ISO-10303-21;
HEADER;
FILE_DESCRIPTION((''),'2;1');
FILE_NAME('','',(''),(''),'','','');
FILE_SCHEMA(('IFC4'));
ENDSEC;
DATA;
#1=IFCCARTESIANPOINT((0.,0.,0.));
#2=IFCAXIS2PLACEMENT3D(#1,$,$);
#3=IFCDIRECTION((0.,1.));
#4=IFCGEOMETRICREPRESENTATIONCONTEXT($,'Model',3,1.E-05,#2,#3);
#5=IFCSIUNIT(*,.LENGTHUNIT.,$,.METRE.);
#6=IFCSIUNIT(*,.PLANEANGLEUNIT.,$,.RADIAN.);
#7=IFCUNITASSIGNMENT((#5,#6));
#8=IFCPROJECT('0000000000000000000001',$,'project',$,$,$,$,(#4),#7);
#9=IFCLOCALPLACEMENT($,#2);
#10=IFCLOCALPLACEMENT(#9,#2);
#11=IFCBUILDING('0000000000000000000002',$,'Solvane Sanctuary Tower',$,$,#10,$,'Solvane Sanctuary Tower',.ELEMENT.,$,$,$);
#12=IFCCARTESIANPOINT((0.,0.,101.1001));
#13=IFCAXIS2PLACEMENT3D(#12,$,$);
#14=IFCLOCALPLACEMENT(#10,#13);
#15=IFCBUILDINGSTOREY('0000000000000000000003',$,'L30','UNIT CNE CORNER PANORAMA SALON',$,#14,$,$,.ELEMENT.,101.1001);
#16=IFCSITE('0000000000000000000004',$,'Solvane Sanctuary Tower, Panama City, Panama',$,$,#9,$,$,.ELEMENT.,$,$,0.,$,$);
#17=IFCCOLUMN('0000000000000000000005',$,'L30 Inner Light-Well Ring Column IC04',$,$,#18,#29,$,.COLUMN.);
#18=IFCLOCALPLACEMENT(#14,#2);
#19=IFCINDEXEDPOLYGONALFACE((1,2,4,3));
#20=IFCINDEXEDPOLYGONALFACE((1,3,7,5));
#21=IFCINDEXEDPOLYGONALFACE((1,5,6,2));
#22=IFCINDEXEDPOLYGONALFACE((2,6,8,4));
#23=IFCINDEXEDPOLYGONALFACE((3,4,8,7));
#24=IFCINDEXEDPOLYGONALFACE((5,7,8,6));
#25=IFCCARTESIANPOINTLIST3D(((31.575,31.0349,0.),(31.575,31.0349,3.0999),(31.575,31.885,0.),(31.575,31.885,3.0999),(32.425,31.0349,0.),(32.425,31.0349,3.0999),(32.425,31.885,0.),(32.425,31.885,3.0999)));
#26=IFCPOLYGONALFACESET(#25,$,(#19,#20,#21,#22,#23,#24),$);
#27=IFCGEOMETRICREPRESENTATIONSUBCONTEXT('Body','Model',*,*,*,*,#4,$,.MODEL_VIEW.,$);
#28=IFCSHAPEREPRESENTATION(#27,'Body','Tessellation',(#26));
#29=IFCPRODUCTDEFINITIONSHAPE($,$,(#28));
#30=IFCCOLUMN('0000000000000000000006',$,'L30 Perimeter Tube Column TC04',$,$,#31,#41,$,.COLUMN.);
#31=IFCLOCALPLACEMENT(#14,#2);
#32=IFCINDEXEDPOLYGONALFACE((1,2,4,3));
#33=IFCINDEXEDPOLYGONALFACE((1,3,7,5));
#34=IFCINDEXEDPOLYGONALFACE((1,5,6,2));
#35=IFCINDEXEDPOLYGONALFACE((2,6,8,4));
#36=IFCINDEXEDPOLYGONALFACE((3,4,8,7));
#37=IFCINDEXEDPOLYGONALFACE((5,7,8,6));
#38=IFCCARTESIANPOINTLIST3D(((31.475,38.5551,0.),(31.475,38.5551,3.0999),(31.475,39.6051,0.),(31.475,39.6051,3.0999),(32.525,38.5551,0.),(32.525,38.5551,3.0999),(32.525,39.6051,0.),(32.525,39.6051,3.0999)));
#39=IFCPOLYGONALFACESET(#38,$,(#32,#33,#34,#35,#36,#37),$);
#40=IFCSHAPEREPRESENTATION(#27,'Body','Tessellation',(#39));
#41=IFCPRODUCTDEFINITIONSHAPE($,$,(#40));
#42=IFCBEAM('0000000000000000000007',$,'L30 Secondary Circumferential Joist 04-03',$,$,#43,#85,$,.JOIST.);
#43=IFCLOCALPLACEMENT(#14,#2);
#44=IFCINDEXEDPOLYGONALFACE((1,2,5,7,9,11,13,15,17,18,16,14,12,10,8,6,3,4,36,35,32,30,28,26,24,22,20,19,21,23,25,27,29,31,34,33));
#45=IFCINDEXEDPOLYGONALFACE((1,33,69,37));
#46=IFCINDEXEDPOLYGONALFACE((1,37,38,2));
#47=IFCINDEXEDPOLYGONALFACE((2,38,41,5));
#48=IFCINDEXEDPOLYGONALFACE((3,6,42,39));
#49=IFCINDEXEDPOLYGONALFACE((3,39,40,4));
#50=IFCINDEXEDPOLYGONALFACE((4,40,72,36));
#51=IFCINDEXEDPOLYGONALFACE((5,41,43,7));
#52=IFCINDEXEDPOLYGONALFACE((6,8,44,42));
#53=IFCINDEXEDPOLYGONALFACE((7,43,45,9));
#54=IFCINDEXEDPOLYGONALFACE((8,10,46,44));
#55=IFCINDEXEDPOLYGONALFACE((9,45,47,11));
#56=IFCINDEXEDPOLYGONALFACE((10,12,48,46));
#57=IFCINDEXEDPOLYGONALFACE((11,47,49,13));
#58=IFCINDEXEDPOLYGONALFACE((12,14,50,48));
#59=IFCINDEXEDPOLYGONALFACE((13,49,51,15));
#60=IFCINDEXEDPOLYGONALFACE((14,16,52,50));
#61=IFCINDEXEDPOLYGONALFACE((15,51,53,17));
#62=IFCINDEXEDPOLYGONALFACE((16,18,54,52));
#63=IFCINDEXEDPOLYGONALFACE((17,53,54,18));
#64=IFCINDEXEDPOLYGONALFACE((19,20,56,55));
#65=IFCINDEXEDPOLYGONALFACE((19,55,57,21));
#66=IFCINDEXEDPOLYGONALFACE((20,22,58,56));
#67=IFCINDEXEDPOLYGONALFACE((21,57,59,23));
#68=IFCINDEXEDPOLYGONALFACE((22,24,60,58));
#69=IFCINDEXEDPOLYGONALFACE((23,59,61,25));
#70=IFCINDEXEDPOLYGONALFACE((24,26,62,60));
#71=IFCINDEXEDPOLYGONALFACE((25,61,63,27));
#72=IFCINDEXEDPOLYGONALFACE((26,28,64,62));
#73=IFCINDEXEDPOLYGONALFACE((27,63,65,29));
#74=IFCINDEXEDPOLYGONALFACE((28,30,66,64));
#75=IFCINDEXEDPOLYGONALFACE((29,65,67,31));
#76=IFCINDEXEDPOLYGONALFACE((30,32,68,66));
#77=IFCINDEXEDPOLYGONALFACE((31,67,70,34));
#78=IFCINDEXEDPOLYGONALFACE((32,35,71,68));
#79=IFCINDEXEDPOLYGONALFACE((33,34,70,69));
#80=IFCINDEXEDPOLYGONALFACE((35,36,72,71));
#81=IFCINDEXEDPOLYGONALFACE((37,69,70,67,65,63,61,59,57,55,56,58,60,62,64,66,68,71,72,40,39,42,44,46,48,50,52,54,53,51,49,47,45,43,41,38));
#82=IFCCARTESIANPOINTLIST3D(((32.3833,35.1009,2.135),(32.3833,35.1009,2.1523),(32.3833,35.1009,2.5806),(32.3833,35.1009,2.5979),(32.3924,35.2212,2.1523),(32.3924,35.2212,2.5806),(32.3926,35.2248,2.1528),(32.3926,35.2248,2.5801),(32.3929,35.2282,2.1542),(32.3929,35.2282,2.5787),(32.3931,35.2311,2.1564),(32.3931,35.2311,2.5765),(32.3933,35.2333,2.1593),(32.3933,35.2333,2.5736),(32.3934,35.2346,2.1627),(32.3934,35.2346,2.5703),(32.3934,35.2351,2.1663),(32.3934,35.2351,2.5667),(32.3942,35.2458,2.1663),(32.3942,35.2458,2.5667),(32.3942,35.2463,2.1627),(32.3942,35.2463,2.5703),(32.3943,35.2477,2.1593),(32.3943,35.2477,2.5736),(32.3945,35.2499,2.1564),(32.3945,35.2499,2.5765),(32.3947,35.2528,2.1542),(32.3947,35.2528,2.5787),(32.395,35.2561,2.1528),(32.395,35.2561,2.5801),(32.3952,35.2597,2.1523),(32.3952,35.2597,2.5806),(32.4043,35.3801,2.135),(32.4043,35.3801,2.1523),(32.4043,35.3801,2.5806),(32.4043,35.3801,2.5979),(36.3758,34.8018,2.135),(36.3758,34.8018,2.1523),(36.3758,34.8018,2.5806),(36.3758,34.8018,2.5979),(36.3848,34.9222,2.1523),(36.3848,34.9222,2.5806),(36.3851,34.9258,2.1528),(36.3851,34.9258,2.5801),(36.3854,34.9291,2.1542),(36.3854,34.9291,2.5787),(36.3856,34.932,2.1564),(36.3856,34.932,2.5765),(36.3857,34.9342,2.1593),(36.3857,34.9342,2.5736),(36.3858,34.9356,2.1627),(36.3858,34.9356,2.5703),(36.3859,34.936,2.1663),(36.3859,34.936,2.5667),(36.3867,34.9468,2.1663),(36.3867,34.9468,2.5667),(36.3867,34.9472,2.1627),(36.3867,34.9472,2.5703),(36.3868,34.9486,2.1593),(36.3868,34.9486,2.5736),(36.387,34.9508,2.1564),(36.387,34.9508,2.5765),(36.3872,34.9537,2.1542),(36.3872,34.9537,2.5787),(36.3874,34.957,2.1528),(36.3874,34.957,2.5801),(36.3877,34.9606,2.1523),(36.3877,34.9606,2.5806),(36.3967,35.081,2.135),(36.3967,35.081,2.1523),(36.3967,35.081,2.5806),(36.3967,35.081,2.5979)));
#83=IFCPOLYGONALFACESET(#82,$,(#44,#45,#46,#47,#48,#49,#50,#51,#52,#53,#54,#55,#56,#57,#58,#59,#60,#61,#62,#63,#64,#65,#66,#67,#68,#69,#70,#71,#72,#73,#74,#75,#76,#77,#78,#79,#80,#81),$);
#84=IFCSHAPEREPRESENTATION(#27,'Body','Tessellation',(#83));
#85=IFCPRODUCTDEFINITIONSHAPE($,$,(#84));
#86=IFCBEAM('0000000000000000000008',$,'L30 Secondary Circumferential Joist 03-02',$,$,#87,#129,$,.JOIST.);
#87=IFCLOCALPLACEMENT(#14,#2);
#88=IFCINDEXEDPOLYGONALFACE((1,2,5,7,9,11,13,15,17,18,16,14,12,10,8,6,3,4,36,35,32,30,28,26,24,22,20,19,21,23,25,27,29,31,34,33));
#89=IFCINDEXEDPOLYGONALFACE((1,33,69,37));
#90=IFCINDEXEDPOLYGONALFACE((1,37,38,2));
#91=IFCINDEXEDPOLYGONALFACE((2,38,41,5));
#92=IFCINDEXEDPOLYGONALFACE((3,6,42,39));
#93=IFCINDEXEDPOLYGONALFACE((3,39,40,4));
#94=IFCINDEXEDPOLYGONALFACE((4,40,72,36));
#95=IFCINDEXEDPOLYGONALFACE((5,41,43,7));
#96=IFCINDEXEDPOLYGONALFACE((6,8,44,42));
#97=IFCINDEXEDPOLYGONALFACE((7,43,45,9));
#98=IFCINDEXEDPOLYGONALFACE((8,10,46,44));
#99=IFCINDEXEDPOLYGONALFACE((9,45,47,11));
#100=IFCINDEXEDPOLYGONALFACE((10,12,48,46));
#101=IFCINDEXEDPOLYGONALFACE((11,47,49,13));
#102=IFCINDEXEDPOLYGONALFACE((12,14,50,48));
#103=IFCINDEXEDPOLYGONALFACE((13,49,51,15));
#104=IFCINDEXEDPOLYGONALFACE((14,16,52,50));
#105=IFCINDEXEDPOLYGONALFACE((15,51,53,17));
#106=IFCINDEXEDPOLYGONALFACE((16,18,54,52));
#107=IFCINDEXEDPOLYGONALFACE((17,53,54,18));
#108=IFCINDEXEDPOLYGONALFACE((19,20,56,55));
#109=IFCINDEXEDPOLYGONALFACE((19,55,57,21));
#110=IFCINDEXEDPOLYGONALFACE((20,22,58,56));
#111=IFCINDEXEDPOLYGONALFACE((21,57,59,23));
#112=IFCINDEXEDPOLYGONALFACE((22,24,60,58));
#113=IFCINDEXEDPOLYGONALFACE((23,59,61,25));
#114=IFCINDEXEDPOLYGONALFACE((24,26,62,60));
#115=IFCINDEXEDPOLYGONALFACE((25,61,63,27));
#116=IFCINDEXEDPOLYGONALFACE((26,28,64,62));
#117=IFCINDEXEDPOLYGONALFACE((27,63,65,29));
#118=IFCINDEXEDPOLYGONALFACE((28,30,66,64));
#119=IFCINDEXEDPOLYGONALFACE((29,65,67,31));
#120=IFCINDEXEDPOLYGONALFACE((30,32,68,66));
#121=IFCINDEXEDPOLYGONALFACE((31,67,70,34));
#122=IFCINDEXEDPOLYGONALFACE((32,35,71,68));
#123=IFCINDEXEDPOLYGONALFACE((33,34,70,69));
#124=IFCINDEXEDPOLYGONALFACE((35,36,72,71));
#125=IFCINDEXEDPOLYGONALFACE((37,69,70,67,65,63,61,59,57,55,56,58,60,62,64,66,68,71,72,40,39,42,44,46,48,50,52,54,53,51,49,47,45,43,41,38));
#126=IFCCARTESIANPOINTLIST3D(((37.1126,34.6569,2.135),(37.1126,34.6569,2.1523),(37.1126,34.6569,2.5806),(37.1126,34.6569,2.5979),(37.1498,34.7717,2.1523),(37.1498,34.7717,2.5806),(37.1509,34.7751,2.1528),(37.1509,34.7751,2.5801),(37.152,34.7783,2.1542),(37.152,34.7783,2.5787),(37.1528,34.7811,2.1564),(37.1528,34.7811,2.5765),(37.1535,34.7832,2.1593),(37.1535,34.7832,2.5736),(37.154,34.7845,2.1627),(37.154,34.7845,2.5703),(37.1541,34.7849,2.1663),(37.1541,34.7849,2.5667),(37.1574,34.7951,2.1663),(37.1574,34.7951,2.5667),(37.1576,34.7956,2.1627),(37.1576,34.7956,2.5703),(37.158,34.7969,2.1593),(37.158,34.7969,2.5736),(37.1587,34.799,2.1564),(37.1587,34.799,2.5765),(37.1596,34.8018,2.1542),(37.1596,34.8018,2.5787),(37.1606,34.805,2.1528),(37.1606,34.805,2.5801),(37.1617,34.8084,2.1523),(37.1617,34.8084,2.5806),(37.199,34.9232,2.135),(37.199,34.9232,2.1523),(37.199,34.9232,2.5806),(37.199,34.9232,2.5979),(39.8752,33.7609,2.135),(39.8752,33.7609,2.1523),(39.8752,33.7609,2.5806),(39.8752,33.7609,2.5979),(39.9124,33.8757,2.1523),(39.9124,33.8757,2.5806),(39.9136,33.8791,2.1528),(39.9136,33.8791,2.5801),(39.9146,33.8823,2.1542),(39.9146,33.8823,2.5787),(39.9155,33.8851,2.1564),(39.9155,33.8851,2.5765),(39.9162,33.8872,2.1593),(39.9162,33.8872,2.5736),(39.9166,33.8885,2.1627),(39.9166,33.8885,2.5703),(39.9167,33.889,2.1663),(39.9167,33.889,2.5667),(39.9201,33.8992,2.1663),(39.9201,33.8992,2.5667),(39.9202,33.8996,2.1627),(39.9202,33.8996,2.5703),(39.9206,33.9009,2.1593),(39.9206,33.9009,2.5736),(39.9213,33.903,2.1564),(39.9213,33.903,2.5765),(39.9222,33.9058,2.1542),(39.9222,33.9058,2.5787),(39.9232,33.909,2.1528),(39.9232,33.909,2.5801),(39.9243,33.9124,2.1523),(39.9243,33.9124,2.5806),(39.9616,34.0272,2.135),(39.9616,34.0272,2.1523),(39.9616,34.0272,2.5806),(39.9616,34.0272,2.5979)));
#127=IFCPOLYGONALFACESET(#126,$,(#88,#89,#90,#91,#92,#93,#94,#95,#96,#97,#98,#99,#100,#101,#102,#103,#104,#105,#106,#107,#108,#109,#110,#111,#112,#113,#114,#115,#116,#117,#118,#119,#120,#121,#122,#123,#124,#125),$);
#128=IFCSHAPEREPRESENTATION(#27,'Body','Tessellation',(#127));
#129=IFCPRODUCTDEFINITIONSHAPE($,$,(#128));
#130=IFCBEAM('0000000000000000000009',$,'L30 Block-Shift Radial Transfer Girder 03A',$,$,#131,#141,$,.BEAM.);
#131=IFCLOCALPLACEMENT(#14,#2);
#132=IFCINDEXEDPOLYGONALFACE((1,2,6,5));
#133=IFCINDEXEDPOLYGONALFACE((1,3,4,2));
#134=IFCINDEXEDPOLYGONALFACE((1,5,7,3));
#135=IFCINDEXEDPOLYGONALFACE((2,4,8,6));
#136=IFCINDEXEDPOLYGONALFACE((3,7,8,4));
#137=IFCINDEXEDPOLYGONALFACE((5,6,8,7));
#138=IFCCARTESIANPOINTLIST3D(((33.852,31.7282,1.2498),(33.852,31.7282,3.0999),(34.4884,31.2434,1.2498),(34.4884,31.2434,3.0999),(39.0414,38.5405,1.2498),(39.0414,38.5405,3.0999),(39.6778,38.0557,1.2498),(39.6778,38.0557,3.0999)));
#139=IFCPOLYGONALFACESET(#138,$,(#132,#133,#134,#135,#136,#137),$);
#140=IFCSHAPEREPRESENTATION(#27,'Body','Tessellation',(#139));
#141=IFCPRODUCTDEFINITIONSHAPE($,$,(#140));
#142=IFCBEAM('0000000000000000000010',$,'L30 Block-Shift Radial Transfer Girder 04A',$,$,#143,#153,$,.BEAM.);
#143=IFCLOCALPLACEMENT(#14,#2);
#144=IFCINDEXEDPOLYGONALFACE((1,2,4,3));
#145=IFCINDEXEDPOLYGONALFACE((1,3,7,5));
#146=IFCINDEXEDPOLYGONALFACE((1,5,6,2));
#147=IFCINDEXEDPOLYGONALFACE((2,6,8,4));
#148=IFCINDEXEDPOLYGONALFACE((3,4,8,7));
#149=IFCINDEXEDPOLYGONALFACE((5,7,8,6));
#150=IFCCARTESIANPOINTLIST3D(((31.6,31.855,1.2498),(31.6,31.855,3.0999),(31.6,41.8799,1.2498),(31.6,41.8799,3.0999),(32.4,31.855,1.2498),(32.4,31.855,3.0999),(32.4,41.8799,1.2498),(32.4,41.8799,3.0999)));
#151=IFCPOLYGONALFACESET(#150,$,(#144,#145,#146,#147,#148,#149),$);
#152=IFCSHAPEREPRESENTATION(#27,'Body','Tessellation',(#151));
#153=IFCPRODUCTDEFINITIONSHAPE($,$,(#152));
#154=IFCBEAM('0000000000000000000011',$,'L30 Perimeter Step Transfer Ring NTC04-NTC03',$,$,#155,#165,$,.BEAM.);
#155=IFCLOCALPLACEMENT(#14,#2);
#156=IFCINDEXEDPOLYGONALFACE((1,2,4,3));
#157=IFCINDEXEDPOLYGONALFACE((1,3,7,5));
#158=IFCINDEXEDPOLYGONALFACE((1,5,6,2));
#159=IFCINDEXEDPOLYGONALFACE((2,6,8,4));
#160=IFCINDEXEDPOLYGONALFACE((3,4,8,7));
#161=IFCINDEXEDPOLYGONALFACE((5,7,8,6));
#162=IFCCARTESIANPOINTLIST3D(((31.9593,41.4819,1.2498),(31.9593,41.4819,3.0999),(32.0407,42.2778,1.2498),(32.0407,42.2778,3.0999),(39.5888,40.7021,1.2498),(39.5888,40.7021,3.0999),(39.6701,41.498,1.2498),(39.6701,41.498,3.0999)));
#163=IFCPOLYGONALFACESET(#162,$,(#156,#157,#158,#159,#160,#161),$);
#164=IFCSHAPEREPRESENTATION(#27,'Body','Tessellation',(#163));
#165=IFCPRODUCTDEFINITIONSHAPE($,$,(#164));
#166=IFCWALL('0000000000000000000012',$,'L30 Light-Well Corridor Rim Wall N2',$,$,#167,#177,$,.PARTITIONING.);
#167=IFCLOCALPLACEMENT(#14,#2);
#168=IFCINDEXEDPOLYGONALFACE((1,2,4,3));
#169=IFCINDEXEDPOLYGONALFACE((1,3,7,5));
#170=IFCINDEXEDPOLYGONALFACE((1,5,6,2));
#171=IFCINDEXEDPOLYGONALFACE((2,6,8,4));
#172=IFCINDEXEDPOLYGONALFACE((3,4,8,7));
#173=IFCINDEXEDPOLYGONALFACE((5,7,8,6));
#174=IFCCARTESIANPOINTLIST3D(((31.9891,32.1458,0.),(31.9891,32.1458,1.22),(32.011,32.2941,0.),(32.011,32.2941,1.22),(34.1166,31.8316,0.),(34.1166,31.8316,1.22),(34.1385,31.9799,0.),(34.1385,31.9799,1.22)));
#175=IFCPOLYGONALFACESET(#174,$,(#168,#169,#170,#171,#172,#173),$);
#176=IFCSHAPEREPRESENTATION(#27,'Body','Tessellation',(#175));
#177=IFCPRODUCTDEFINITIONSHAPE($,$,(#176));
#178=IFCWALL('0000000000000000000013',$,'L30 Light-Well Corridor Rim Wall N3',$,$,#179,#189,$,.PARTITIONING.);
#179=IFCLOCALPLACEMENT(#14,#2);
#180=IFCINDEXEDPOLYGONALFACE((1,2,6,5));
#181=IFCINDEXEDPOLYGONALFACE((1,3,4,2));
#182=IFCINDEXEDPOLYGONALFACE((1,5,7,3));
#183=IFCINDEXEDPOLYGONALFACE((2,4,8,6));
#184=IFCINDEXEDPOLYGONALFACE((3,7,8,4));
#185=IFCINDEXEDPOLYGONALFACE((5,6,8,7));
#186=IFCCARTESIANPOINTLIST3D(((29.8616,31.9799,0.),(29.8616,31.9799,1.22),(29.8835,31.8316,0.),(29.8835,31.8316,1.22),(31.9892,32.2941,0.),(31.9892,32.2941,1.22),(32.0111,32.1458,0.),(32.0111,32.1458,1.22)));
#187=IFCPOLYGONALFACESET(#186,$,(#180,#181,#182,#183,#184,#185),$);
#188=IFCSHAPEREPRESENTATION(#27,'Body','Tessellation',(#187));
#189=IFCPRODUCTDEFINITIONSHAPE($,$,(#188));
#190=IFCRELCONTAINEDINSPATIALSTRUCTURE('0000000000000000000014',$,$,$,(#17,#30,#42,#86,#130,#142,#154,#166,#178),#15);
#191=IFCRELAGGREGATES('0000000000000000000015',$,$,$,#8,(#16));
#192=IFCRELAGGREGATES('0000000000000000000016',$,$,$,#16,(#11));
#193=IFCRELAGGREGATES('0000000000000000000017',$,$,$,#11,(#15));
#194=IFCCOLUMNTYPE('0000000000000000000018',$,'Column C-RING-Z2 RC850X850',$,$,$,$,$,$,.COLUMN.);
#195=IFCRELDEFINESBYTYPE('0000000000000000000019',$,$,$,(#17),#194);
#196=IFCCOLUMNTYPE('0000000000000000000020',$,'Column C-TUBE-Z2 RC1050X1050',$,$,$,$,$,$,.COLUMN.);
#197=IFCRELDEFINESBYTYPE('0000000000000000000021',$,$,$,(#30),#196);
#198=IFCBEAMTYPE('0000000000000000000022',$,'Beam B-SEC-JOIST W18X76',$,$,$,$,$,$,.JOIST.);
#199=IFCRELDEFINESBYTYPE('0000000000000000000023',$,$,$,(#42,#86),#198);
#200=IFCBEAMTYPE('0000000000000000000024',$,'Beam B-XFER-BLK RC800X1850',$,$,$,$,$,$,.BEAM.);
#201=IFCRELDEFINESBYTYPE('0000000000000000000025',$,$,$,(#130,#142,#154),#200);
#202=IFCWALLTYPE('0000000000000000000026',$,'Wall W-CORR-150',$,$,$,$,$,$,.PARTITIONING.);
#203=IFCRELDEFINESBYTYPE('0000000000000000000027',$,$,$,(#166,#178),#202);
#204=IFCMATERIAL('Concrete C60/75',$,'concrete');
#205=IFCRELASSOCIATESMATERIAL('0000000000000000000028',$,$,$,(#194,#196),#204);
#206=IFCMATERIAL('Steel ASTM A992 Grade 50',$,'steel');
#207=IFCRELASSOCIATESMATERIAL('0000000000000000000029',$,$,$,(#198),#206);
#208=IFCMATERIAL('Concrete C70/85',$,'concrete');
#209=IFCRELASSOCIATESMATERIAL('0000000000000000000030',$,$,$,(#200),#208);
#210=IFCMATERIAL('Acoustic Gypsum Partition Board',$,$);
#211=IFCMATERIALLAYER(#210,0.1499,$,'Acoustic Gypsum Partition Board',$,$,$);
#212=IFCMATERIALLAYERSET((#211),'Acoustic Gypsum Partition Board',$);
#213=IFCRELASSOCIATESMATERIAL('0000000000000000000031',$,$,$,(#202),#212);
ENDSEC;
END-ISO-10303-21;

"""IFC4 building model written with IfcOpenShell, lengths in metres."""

from ifc_helpers import new_model, si_unit, direction, frame, frame_2d, origin, origin_2d, place, context, subcontext, project, spatial, rectangle, i_section, extrude, material, layer, layer_set, material_profile, profile_set, type_object, element, save


model = new_model("IFC4")

# Units and contexts
model_context = context("Model", 3, precision=1e-05, world=origin(), true_north=direction((0.0, 1.0)))
body_context = subcontext(model_context, "Body", "Model", "MODEL_VIEW")
ifc_project = project(units=[si_unit("LENGTHUNIT", "METRE"), si_unit("PLANEANGLEUNIT", "RADIAN")], contexts=[model_context])

# Site, building, storey
site_placement = place(None, origin())
site = spatial("IfcSite", under=ifc_project, at=site_placement, Name="Solvane Sanctuary Tower, Panama City, Panama", CompositionType="ELEMENT", RefElevation=0.0)
building_placement = place(site_placement, origin())
building = spatial("IfcBuilding", under=site, at=building_placement, Name="Solvane Sanctuary Tower", LongName="Solvane Sanctuary Tower", CompositionType="ELEMENT")
storey_placement = place(building_placement, frame((0.0, 0.0, 101.1001)))
storey = spatial("IfcBuildingStorey", under=building, at=storey_placement, Name="L30", Description="UNIT CNE CORNER PANORAMA SALON", CompositionType="ELEMENT", Elevation=101.1001)

# Columns
ifc_material_1 = material(Name="Concrete C60/75", Category="concrete")
ifc_material_profile_1 = material_profile(ifc_material_1, rectangle(XDim=0.8501, YDim=0.8501, at=origin_2d()), Name="RC850X850")
ifc_profile_set_1 = profile_set([ifc_material_profile_1], Name="Concrete C60/75")
column_type_1 = type_object("IfcColumnType", Name="Column C-RING-Z2 RC850X850", PredefinedType="COLUMN", material=ifc_profile_set_1)
column_1_placement = place(storey_placement, frame((32.0, 31.46, 0.0), z_axis=(0.0, 0.0, 1.0), x_axis=(1.0, 0.0, 0.0)))
element("IfcColumn", 1, at=column_1_placement, inside=storey, type_object=column_type_1, Name="L30 Inner Light-Well Ring Column IC04", PredefinedType="COLUMN", context=body_context, shape_type="SweptSolid", body=[
    extrude(rectangle(XDim=0.8501, YDim=0.8501, at=origin_2d()), origin(), (0.0, 0.0, 1.0), 3.0999),
])
ifc_material_profile_2 = material_profile(ifc_material_1, rectangle(XDim=1.05, YDim=1.05, at=origin_2d()), Name="RC1050X1050")
ifc_profile_set_2 = profile_set([ifc_material_profile_2], Name="Concrete C60/75")
column_type_2 = type_object("IfcColumnType", Name="Column C-TUBE-Z2 RC1050X1050", PredefinedType="COLUMN", material=ifc_profile_set_2)
column_2_placement = place(storey_placement, frame((32.0, 39.0801, 0.0), z_axis=(0.0, 0.0, 1.0), x_axis=(0.0, 1.0, 0.0)))
element("IfcColumn", 2, at=column_2_placement, inside=storey, type_object=column_type_2, Name="L30 Perimeter Tube Column TC04", PredefinedType="COLUMN", context=body_context, shape_type="SweptSolid", body=[
    extrude(rectangle(XDim=1.05, YDim=1.05, at=origin_2d()), origin(), (0.0, 0.0, 1.0), 3.0999),
])

# Beams
ifc_material_2 = material(Name="Steel ASTM A992 Grade 50", Category="steel")
ifc_material_profile_3 = material_profile(ifc_material_2, i_section(OverallWidth=0.28, OverallDepth=0.4629, WebThickness=0.0107, FlangeThickness=0.0173, FilletRadius=0.0139, at=origin_2d()), Name="W18X76")
ifc_profile_set_3 = profile_set([ifc_material_profile_3], Name="Steel ASTM A992 Grade 50")
beam_type_1 = type_object("IfcBeamType", Name="Beam B-SEC-JOIST W18X76", PredefinedType="JOIST", material=ifc_profile_set_3)
beam_1_placement = place(storey_placement, frame((32.3938, 35.2405, 2.3665), z_axis=(0.997206, -0.074701, 0.0), x_axis=(0.074701, 0.997206, 0.0)))
element("IfcBeam", 3, at=beam_1_placement, inside=storey, type_object=beam_type_1, Name="L30 Secondary Circumferential Joist 04-03", PredefinedType="JOIST", context=body_context, shape_type="SweptSolid", body=[
    extrude(i_section(OverallWidth=0.28, OverallDepth=0.4629, WebThickness=0.0107, FlangeThickness=0.0173, FilletRadius=0.0139, at=origin_2d()), origin(), (0.0, 0.0, 1.0), 4.0037),
])
beam_2_placement = place(storey_placement, frame((37.1558, 34.79, 2.3665), z_axis=(0.951224, -0.308501, 0.0), x_axis=(0.308501, 0.951224, 0.0)))
element("IfcBeam", 4, at=beam_2_placement, inside=storey, type_object=beam_type_1, Name="L30 Secondary Circumferential Joist 03-02", PredefinedType="JOIST", context=body_context, shape_type="SweptSolid", body=[
    extrude(i_section(OverallWidth=0.28, OverallDepth=0.4629, WebThickness=0.0107, FlangeThickness=0.0173, FilletRadius=0.0139, at=origin_2d()), origin(), (0.0, 0.0, 1.0), 2.9043),
])
ifc_material_3 = material(Name="Concrete C70/85", Category="concrete")
ifc_material_profile_4 = material_profile(ifc_material_3, rectangle(XDim=0.8, YDim=1.8501, at=origin_2d()), Name="RC800X1850")
ifc_profile_set_4 = profile_set([ifc_material_profile_4], Name="Concrete C70/85")
beam_type_2 = type_object("IfcBeamType", Name="Beam B-XFER-BLK RC800X1850", PredefinedType="BEAM", material=ifc_profile_set_4)
beam_3_placement = place(storey_placement, frame((34.1702, 31.4858, 2.1748), z_axis=(0.605981, 0.795479, 0.0), x_axis=(-0.795479, 0.605981, 0.0)))
element("IfcBeam", 5, at=beam_3_placement, inside=storey, type_object=beam_type_2, Name="L30 Block-Shift Radial Transfer Girder 03A", PredefinedType="BEAM", context=body_context, shape_type="SweptSolid", body=[
    extrude(rectangle(XDim=0.8, YDim=1.8501, at=origin_2d()), origin(), (0.0, 0.0, 1.0), 8.5637),
])
beam_4_placement = place(storey_placement, frame((32.0, 31.855, 2.1748), z_axis=(0.0, 1.0, 0.0), x_axis=(-1.0, 0.0, 0.0)))
element("IfcBeam", 6, at=beam_4_placement, inside=storey, type_object=beam_type_2, Name="L30 Block-Shift Radial Transfer Girder 04A", PredefinedType="BEAM", context=body_context, shape_type="SweptSolid", body=[
    extrude(rectangle(XDim=0.8, YDim=1.8501, at=origin_2d()), origin(), (0.0, 0.0, 1.0), 10.0249),
])
beam_5_placement = place(storey_placement, frame((32.0, 41.8799, 2.1748), z_axis=(0.994817, -0.101678, 0.0), x_axis=(0.101678, 0.994817, 0.0)))
element("IfcBeam", 7, at=beam_5_placement, inside=storey, type_object=beam_type_2, Name="L30 Perimeter Step Transfer Ring NTC04-NTC03", PredefinedType="BEAM", context=body_context, shape_type="SweptSolid", body=[
    extrude(rectangle(XDim=0.8, YDim=1.8501, at=origin_2d()), origin(), (0.0, 0.0, 1.0), 7.6692),
])

# Walls
ifc_material_4 = material(Name="Acoustic Gypsum Partition Board")
ifc_layer_1 = layer(ifc_material_4, 0.1499, Name="Acoustic Gypsum Partition Board")
ifc_layer_set_1 = layer_set([ifc_layer_1], Name="Acoustic Gypsum Partition Board")
wall_type_1 = type_object("IfcWallType", Name="Wall W-CORR-150", PredefinedType="PARTITIONING", material=ifc_layer_set_1)
for number, where, z_axis, x_axis, name in (
    (8, (34.1274, 31.9058, 0.0), (0.0, 0.0, 1.0), (-0.989269, 0.146108, 0.0), "L30 Light-Well Corridor Rim Wall N2"),
    (9, (32.0, 32.22, 0.0), (0.0, 0.0, 1.0), (-0.989269, -0.146108, 0.0), "L30 Light-Well Corridor Rim Wall N3"),
):
    element("IfcWall", number, at=place(storey_placement, frame(where, z_axis=z_axis, x_axis=x_axis)), inside=storey, type_object=wall_type_1, Name=name, PredefinedType="PARTITIONING", context=body_context, shape_type="SweptSolid", body=[
        extrude(rectangle(XDim=2.1506, YDim=0.1499, at=frame_2d((1.0752, 0.0))), origin(), (0.0, 0.0, 1.0), 1.22),
    ])

save(model, "model.ifc")
